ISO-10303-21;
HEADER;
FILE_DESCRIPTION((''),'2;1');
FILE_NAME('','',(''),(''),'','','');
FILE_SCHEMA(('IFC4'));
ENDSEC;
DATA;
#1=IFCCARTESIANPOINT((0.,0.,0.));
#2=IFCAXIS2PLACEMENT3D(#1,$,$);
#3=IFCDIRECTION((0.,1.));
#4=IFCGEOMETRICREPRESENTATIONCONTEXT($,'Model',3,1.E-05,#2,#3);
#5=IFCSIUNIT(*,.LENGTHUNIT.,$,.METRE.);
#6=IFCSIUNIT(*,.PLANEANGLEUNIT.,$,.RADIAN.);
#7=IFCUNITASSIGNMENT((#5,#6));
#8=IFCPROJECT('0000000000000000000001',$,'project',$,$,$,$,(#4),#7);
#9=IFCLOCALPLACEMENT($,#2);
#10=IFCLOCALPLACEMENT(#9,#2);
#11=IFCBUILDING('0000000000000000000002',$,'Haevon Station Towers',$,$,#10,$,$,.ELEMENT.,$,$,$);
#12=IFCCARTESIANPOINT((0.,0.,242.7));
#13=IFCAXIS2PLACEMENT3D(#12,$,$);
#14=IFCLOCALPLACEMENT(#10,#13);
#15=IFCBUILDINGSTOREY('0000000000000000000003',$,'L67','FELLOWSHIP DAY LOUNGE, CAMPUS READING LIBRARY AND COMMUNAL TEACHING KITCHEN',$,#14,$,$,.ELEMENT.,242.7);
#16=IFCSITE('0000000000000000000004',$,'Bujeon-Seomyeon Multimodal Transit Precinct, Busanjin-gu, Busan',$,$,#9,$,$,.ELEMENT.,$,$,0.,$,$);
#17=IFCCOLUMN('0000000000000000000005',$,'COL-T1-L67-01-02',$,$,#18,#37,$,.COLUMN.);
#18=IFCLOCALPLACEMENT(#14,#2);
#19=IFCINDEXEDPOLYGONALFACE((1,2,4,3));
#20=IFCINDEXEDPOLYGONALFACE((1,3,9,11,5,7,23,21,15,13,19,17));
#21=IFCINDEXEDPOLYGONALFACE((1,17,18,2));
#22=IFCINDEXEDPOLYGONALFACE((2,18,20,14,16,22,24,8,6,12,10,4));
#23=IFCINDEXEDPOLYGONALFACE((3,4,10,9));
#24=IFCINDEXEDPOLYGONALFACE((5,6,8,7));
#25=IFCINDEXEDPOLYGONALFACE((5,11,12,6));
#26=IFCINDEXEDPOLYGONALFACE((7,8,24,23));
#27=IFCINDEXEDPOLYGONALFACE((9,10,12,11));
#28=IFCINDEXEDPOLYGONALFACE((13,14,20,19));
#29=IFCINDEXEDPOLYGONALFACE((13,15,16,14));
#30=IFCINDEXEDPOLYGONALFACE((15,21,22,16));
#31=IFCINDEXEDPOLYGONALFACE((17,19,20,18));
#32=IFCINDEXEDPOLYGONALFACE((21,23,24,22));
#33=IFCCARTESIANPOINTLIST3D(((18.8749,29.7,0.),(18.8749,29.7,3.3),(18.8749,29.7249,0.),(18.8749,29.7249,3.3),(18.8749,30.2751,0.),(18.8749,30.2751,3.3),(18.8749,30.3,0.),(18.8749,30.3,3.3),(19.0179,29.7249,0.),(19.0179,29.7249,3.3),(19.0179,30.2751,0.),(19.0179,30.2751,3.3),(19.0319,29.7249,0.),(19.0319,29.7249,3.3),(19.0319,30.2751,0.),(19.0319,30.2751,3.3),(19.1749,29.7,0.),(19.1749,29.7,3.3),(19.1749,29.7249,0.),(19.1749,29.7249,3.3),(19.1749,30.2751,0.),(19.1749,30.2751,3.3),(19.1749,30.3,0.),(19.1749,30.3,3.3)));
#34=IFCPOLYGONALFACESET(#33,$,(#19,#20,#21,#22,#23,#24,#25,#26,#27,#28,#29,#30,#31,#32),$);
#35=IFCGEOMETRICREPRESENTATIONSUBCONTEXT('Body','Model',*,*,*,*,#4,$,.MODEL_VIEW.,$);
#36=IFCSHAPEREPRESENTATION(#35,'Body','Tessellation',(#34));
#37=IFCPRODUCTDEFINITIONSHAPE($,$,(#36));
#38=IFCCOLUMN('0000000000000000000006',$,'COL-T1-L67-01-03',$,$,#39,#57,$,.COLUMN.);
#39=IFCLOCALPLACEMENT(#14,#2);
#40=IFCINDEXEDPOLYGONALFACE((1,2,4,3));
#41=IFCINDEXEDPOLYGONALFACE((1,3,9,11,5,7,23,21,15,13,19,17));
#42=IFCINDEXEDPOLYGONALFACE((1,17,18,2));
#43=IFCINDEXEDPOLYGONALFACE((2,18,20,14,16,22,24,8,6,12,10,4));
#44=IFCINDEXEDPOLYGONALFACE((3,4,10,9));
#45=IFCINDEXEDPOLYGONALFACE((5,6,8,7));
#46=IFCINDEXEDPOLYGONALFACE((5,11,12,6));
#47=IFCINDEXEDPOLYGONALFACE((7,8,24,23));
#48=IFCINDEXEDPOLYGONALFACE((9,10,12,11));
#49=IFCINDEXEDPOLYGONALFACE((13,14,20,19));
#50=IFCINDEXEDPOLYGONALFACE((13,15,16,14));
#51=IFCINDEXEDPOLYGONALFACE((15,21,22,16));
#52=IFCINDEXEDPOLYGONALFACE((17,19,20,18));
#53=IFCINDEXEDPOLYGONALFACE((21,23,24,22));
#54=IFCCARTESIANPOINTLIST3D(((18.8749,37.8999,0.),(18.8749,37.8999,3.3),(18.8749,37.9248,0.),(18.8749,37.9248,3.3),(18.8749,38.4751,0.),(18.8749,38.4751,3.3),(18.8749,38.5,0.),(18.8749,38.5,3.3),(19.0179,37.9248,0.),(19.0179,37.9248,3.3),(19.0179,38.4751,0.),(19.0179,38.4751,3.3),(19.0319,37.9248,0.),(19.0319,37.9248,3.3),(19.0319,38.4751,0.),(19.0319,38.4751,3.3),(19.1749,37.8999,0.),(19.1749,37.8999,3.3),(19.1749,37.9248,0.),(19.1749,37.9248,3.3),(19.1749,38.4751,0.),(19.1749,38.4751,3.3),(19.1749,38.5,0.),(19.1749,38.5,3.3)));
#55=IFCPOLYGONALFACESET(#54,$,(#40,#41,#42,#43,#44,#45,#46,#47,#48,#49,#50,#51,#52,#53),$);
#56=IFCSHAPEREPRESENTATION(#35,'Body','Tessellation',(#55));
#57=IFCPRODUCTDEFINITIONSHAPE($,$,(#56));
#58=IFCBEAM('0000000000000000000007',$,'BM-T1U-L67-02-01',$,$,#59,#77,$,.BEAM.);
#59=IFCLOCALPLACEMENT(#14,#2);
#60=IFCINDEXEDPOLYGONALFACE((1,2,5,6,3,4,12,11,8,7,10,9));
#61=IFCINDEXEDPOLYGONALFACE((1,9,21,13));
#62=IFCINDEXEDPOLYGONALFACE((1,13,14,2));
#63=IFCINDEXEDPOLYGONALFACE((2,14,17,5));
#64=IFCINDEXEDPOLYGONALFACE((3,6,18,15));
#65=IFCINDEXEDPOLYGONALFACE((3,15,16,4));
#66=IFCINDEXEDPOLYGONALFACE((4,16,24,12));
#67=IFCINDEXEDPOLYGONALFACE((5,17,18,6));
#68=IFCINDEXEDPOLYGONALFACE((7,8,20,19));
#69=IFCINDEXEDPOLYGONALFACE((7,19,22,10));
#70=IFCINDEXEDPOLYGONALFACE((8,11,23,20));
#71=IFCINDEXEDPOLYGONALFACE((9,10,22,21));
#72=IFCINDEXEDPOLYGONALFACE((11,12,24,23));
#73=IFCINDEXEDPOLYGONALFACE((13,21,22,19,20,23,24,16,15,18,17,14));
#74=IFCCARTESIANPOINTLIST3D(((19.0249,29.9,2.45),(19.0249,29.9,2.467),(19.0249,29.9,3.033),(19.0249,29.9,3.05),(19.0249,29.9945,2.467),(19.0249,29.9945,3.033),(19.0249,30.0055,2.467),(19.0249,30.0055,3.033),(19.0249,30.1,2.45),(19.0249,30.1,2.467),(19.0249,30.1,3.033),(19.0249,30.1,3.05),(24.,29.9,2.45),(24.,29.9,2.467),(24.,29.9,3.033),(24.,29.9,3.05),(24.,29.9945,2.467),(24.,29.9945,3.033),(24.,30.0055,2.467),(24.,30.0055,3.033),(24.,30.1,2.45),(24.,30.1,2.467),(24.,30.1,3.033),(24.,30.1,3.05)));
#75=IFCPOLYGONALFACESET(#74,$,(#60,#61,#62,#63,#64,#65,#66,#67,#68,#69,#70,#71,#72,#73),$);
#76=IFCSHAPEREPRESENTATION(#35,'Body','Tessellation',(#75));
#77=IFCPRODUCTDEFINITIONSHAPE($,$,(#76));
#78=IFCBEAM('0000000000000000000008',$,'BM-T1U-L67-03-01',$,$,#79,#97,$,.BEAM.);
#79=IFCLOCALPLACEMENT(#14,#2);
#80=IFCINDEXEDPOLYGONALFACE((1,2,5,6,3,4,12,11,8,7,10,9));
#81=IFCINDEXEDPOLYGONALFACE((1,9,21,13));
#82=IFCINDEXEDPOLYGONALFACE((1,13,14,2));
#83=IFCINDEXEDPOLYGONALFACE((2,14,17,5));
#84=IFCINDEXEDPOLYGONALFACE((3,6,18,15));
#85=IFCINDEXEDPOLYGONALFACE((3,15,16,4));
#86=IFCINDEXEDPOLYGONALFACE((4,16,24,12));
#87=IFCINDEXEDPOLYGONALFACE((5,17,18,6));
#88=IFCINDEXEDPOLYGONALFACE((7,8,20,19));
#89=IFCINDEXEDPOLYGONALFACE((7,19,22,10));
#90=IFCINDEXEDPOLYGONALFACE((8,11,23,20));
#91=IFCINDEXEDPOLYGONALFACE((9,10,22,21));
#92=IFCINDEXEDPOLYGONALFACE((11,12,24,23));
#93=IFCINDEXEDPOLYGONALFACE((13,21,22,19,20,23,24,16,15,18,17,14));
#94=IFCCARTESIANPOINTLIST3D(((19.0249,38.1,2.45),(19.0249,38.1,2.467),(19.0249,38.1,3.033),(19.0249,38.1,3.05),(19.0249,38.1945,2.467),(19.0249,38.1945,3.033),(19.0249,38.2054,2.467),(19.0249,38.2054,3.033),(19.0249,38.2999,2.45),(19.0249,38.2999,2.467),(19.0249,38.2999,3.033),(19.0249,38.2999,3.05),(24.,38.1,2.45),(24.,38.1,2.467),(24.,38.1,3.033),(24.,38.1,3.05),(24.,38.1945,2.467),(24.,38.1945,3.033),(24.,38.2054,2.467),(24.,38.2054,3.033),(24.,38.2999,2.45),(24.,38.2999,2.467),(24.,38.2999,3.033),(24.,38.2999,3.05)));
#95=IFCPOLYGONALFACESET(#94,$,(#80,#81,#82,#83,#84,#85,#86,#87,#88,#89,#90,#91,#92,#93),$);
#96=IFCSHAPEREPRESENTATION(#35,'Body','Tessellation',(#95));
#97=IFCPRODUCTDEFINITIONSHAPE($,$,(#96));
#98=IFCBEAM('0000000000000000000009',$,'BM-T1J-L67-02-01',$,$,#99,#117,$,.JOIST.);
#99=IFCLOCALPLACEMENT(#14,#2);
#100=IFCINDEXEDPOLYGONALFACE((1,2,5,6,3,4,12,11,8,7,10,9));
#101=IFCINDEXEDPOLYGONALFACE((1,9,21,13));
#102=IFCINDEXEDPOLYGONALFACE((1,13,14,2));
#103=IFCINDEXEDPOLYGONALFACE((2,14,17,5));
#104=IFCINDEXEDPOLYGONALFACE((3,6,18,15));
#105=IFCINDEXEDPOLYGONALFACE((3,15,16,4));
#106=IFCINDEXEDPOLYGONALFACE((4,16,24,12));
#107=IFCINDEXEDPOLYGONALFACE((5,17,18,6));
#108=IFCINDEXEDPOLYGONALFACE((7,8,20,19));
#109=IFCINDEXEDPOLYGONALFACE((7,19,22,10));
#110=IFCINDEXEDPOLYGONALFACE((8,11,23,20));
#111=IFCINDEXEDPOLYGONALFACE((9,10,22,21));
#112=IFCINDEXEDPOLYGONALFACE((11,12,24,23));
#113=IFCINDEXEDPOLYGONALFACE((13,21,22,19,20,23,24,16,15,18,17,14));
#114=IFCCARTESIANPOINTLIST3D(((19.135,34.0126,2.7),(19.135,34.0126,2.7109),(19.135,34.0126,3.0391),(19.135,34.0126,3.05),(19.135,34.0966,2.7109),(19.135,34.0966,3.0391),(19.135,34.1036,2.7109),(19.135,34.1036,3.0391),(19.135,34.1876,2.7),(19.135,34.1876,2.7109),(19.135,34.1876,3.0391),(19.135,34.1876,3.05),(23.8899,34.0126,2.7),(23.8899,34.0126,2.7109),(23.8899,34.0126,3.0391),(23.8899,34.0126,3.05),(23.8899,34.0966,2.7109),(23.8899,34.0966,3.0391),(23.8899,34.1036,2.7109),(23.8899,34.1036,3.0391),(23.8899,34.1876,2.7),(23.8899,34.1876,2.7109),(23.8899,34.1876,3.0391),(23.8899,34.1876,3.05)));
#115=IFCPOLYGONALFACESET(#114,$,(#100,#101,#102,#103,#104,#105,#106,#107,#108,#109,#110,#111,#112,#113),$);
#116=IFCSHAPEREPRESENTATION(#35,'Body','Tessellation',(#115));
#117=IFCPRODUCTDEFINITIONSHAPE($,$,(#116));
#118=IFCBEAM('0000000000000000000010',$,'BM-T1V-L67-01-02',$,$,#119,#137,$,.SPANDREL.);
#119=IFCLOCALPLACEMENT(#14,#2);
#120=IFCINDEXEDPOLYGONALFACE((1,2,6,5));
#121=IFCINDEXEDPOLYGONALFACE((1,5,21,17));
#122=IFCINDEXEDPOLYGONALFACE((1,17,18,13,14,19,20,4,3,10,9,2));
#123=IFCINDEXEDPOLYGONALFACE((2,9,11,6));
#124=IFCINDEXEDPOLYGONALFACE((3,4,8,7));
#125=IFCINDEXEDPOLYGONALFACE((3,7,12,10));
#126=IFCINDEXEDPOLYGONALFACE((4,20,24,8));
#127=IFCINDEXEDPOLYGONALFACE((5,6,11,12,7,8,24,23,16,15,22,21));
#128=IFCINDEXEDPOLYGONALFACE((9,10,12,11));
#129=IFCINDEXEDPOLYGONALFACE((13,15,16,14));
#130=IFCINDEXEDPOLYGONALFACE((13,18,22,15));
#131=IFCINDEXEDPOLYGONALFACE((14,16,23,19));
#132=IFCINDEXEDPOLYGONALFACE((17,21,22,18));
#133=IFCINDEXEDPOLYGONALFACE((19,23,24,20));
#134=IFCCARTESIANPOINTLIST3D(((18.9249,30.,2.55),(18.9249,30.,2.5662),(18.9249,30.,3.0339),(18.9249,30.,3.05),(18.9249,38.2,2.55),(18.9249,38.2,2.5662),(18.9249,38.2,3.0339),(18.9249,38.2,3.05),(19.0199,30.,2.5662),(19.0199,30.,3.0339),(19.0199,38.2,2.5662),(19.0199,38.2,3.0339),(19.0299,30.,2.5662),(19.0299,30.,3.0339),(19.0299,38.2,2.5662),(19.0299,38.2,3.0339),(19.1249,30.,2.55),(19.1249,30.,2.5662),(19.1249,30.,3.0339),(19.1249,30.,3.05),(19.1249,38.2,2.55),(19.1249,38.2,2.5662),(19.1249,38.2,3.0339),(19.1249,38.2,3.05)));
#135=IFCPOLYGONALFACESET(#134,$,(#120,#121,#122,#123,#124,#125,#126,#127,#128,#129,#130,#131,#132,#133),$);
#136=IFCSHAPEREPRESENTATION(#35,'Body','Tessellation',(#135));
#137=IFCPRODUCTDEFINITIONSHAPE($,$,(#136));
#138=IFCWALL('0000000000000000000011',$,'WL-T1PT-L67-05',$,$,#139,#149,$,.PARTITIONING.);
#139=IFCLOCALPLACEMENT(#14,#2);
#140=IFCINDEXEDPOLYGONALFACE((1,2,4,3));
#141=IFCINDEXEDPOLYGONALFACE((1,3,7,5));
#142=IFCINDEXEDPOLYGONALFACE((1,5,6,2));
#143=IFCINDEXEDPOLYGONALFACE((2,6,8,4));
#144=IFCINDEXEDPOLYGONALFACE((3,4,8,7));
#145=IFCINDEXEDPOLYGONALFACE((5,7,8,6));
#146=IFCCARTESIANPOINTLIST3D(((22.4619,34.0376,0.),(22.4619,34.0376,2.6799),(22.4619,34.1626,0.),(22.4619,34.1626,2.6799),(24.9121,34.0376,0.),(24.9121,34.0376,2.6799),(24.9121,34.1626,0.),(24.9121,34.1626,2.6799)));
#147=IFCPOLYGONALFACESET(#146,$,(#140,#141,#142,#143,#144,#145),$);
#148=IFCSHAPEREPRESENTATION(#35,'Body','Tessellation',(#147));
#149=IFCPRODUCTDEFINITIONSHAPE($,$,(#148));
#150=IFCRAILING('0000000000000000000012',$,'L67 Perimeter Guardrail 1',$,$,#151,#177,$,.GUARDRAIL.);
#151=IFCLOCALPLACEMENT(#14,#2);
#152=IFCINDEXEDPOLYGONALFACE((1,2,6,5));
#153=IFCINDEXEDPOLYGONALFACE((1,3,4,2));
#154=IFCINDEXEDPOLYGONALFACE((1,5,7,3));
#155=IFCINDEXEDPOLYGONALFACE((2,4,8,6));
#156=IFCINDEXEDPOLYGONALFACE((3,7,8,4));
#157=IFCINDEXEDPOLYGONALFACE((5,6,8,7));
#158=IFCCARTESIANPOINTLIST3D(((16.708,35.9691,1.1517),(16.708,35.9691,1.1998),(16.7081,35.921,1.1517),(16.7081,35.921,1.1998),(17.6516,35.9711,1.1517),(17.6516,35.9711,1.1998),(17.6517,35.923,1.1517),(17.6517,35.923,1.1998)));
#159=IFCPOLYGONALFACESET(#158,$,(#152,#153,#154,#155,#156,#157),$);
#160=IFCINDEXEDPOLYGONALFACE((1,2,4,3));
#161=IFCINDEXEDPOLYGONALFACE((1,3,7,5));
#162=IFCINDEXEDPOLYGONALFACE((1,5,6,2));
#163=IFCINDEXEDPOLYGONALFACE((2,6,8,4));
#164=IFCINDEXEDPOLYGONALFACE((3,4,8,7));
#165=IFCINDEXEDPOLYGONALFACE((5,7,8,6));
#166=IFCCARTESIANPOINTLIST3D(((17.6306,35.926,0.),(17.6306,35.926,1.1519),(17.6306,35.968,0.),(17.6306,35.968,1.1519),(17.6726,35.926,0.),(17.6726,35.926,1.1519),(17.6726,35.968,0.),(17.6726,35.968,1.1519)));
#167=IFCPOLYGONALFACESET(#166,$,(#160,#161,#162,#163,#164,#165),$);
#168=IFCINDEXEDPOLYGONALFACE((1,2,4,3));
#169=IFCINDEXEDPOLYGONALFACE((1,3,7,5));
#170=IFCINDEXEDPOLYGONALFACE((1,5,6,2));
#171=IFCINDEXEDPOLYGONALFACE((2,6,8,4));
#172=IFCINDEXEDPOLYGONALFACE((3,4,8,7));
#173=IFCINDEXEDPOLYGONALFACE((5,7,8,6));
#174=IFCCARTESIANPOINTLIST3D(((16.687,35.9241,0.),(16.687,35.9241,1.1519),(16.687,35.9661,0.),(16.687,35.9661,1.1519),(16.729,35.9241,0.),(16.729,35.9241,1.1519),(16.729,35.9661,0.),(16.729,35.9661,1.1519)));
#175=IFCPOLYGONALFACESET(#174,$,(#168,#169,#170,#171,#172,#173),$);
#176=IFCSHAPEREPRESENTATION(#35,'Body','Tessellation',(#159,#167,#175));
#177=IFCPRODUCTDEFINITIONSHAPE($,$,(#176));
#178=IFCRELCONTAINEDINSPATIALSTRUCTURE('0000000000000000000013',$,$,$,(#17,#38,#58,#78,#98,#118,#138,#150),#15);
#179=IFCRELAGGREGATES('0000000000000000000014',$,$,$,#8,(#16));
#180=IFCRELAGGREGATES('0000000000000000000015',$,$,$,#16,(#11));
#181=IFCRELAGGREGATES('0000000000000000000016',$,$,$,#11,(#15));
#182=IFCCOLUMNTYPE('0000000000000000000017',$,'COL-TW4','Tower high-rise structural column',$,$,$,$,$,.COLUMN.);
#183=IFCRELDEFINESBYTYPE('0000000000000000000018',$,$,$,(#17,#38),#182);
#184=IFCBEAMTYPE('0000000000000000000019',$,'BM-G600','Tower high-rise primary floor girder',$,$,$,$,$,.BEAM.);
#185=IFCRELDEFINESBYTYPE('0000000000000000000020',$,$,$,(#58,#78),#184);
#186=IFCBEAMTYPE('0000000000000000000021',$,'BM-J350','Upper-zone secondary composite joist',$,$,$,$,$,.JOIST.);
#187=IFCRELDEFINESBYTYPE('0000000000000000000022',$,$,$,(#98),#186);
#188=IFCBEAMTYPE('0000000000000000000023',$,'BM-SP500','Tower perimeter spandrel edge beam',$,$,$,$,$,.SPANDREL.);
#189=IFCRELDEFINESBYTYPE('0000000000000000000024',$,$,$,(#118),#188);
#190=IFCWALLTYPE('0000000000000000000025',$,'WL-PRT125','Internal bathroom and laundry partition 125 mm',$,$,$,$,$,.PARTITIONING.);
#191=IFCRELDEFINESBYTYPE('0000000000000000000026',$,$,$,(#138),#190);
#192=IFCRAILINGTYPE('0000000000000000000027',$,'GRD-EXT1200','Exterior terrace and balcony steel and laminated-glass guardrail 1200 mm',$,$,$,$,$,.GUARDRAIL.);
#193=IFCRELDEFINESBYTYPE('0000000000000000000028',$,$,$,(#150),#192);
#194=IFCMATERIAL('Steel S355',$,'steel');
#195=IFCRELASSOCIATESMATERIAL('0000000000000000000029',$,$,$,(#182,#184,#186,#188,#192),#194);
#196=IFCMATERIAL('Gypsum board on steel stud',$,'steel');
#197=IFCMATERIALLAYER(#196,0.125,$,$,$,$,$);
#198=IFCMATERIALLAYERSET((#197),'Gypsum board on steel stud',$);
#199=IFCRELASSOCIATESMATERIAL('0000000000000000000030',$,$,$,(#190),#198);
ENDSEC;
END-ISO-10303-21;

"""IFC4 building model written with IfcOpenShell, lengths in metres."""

from ifc_helpers import new_model, si_unit, direction, frame, frame_2d, origin, origin_2d, place, context, subcontext, project, spatial, rectangle, i_section, extrude, material, layer, layer_set, material_profile, profile_set, type_object, element, save


model = new_model("IFC4")

# Units and contexts
model_context = context("Model", 3, precision=1e-05, world=origin(), true_north=direction((0.0, 1.0)))
body_context = subcontext(model_context, "Body", "Model", "MODEL_VIEW")
ifc_project = project(units=[si_unit("LENGTHUNIT", "METRE"), si_unit("PLANEANGLEUNIT", "RADIAN")], contexts=[model_context])

# Site, building, storey
site_placement = place(None, origin())
site = spatial("IfcSite", under=ifc_project, at=site_placement, Name="Bujeon-Seomyeon Multimodal Transit Precinct, Busanjin-gu, Busan", CompositionType="ELEMENT", RefElevation=0.0)
building_placement = place(site_placement, origin())
building = spatial("IfcBuilding", under=site, at=building_placement, Name="Haevon Station Towers", CompositionType="ELEMENT")
storey_placement = place(building_placement, frame((0.0, 0.0, 242.7)))
storey = spatial("IfcBuildingStorey", under=building, at=storey_placement, Name="L67", Description="FELLOWSHIP DAY LOUNGE, CAMPUS READING LIBRARY AND COMMUNAL TEACHING KITCHEN", CompositionType="ELEMENT", Elevation=242.7)

# Columns
ifc_material_1 = material(Name="Steel S355", Category="steel")
ifc_material_profile_1 = material_profile(ifc_material_1, i_section(OverallWidth=0.3, OverallDepth=0.6001, WebThickness=0.0139, FlangeThickness=0.0249, at=origin_2d()), Name="H-600x300x14x25")
ifc_profile_set_1 = profile_set([ifc_material_profile_1], Name="Steel S355")
column_type = type_object("IfcColumnType", Name="COL-TW4", Description="Tower high-rise structural column", PredefinedType="COLUMN", material=ifc_profile_set_1)
for number, where, z_axis, x_axis, name in (
    (1, (19.0249, 30.0, 0.0), (0.0, 0.0, 1.0), (1.0, 0.0, 0.0), "COL-T1-L67-01-02"),
    (2, (19.0249, 38.2, 0.0), (0.0, 0.0, 1.0), (1.0, 0.0, 0.0), "COL-T1-L67-01-03"),
):
    element("IfcColumn", number, at=place(storey_placement, frame(where, z_axis=z_axis, x_axis=x_axis)), inside=storey, type_object=column_type, Name=name, PredefinedType="COLUMN", context=body_context, shape_type="SweptSolid", body=[
        extrude(i_section(OverallWidth=0.3, OverallDepth=0.6001, WebThickness=0.0139, FlangeThickness=0.0249, at=origin_2d()), origin(), (0.0, 0.0, 1.0), 3.3),
    ])

# Beams
ifc_material_profile_2 = material_profile(ifc_material_1, i_section(OverallWidth=0.2, OverallDepth=0.6001, WebThickness=0.011, FlangeThickness=0.0171, at=origin_2d()), Name="H-600x200x11x17")
ifc_profile_set_2 = profile_set([ifc_material_profile_2], Name="Steel S355")
beam_type_1 = type_object("IfcBeamType", Name="BM-G600", Description="Tower high-rise primary floor girder", PredefinedType="BEAM", material=ifc_profile_set_2)
for number, where, z_axis, x_axis, name in (
    (3, (19.0249, 30.0, 2.75), (1.0, 0.0, 0.0), (0.0, 1.0, 0.0), "BM-T1U-L67-02-01"),
    (4, (19.0249, 38.2, 2.75), (1.0, 0.0, 0.0), (0.0, 1.0, 0.0), "BM-T1U-L67-03-01"),
):
    element("IfcBeam", number, at=place(storey_placement, frame(where, z_axis=z_axis, x_axis=x_axis)), inside=storey, type_object=beam_type_1, Name=name, PredefinedType="BEAM", context=body_context, shape_type="SweptSolid", body=[
        extrude(i_section(OverallWidth=0.2, OverallDepth=0.6001, WebThickness=0.011, FlangeThickness=0.0171, at=origin_2d()), origin(), (0.0, 0.0, 1.0), 4.9751),
    ])
ifc_material_profile_3 = material_profile(ifc_material_1, i_section(OverallWidth=0.175, OverallDepth=0.3501, WebThickness=0.0071, FlangeThickness=0.011, at=origin_2d()), Name="H-350x175x7x11")
ifc_profile_set_3 = profile_set([ifc_material_profile_3], Name="Steel S355")
beam_type_2 = type_object("IfcBeamType", Name="BM-J350", Description="Upper-zone secondary composite joist", PredefinedType="JOIST", material=ifc_profile_set_3)
beam_1_placement = place(storey_placement, frame((19.135, 34.1001, 2.875), z_axis=(1.0, 0.0, 0.0), x_axis=(0.0, 1.0, 0.0)))
element("IfcBeam", 5, at=beam_1_placement, inside=storey, type_object=beam_type_2, Name="BM-T1J-L67-02-01", PredefinedType="JOIST", context=body_context, shape_type="SweptSolid", body=[
    extrude(i_section(OverallWidth=0.175, OverallDepth=0.3501, WebThickness=0.0071, FlangeThickness=0.011, at=origin_2d()), origin(), (0.0, 0.0, 1.0), 4.7549),
])
ifc_material_profile_4 = material_profile(ifc_material_1, i_section(OverallWidth=0.2, OverallDepth=0.5, WebThickness=0.01, FlangeThickness=0.0161, at=origin_2d()), Name="H-500x200x10x16")
ifc_profile_set_4 = profile_set([ifc_material_profile_4], Name="Steel S355")
beam_type_3 = type_object("IfcBeamType", Name="BM-SP500", Description="Tower perimeter spandrel edge beam", PredefinedType="SPANDREL", material=ifc_profile_set_4)
beam_2_placement = place(storey_placement, frame((19.0249, 30.0, 2.8), z_axis=(0.0, 1.0, 0.0), x_axis=(-1.0, 0.0, 0.0)))
element("IfcBeam", 6, at=beam_2_placement, inside=storey, type_object=beam_type_3, Name="BM-T1V-L67-01-02", PredefinedType="SPANDREL", context=body_context, shape_type="SweptSolid", body=[
    extrude(i_section(OverallWidth=0.2, OverallDepth=0.5, WebThickness=0.01, FlangeThickness=0.0161, at=origin_2d()), origin(), (0.0, 0.0, 1.0), 8.2),
])

# Wall
ifc_material_2 = material(Name="Gypsum board on steel stud", Category="steel")
ifc_layer = layer(ifc_material_2, 0.125)
ifc_layer_set = layer_set([ifc_layer], Name="Gypsum board on steel stud")
wall_type = type_object("IfcWallType", Name="WL-PRT125", Description="Internal bathroom and laundry partition 125 mm", PredefinedType="PARTITIONING", material=ifc_layer_set)
wall_placement = place(storey_placement, frame((22.4619, 34.1001, 0.0), z_axis=(0.0, 0.0, 1.0), x_axis=(1.0, 0.0, 0.0)))
element("IfcWall", 7, at=wall_placement, inside=storey, type_object=wall_type, Name="WL-T1PT-L67-05", PredefinedType="PARTITIONING", context=body_context, shape_type="SweptSolid", body=[
    extrude(rectangle(XDim=2.4502, YDim=0.125, at=frame_2d((1.2251, 0.0))), origin(), (0.0, 0.0, 1.0), 2.6799),
])

# Railing
railing_type = type_object("IfcRailingType", Name="GRD-EXT1200", Description="Exterior terrace and balcony steel and laminated-glass guardrail 1200 mm", PredefinedType="GUARDRAIL", material=ifc_material_1)
railing_1_placement = place(storey_placement, frame((17.6516, 35.947, 0.0)))
element("IfcRailing", 8, at=railing_1_placement, inside=storey, type_object=railing_type, Name="L67 Perimeter Guardrail 1", PredefinedType="GUARDRAIL", context=body_context, shape_type="SweptSolid", body=[
    extrude(rectangle(XDim=0.0481, YDim=0.0481, at=origin_2d()), frame((0.0, 0.0, 1.1758), z_axis=(-0.999998, -0.00207, 0.0), x_axis=(0.00207, -0.999998, 0.0)), (0.0, 0.0, 1.0), 0.9436),
    extrude(rectangle(XDim=0.042, YDim=0.042, at=origin_2d()), origin(), (0.0, 0.0, 1.0), 1.1519),
    extrude(rectangle(XDim=0.042, YDim=0.042, at=origin_2d()), frame((-0.9436, -0.002, 0.0)), (0.0, 0.0, 1.0), 1.1519),
])

save(model, "model.ifc")
